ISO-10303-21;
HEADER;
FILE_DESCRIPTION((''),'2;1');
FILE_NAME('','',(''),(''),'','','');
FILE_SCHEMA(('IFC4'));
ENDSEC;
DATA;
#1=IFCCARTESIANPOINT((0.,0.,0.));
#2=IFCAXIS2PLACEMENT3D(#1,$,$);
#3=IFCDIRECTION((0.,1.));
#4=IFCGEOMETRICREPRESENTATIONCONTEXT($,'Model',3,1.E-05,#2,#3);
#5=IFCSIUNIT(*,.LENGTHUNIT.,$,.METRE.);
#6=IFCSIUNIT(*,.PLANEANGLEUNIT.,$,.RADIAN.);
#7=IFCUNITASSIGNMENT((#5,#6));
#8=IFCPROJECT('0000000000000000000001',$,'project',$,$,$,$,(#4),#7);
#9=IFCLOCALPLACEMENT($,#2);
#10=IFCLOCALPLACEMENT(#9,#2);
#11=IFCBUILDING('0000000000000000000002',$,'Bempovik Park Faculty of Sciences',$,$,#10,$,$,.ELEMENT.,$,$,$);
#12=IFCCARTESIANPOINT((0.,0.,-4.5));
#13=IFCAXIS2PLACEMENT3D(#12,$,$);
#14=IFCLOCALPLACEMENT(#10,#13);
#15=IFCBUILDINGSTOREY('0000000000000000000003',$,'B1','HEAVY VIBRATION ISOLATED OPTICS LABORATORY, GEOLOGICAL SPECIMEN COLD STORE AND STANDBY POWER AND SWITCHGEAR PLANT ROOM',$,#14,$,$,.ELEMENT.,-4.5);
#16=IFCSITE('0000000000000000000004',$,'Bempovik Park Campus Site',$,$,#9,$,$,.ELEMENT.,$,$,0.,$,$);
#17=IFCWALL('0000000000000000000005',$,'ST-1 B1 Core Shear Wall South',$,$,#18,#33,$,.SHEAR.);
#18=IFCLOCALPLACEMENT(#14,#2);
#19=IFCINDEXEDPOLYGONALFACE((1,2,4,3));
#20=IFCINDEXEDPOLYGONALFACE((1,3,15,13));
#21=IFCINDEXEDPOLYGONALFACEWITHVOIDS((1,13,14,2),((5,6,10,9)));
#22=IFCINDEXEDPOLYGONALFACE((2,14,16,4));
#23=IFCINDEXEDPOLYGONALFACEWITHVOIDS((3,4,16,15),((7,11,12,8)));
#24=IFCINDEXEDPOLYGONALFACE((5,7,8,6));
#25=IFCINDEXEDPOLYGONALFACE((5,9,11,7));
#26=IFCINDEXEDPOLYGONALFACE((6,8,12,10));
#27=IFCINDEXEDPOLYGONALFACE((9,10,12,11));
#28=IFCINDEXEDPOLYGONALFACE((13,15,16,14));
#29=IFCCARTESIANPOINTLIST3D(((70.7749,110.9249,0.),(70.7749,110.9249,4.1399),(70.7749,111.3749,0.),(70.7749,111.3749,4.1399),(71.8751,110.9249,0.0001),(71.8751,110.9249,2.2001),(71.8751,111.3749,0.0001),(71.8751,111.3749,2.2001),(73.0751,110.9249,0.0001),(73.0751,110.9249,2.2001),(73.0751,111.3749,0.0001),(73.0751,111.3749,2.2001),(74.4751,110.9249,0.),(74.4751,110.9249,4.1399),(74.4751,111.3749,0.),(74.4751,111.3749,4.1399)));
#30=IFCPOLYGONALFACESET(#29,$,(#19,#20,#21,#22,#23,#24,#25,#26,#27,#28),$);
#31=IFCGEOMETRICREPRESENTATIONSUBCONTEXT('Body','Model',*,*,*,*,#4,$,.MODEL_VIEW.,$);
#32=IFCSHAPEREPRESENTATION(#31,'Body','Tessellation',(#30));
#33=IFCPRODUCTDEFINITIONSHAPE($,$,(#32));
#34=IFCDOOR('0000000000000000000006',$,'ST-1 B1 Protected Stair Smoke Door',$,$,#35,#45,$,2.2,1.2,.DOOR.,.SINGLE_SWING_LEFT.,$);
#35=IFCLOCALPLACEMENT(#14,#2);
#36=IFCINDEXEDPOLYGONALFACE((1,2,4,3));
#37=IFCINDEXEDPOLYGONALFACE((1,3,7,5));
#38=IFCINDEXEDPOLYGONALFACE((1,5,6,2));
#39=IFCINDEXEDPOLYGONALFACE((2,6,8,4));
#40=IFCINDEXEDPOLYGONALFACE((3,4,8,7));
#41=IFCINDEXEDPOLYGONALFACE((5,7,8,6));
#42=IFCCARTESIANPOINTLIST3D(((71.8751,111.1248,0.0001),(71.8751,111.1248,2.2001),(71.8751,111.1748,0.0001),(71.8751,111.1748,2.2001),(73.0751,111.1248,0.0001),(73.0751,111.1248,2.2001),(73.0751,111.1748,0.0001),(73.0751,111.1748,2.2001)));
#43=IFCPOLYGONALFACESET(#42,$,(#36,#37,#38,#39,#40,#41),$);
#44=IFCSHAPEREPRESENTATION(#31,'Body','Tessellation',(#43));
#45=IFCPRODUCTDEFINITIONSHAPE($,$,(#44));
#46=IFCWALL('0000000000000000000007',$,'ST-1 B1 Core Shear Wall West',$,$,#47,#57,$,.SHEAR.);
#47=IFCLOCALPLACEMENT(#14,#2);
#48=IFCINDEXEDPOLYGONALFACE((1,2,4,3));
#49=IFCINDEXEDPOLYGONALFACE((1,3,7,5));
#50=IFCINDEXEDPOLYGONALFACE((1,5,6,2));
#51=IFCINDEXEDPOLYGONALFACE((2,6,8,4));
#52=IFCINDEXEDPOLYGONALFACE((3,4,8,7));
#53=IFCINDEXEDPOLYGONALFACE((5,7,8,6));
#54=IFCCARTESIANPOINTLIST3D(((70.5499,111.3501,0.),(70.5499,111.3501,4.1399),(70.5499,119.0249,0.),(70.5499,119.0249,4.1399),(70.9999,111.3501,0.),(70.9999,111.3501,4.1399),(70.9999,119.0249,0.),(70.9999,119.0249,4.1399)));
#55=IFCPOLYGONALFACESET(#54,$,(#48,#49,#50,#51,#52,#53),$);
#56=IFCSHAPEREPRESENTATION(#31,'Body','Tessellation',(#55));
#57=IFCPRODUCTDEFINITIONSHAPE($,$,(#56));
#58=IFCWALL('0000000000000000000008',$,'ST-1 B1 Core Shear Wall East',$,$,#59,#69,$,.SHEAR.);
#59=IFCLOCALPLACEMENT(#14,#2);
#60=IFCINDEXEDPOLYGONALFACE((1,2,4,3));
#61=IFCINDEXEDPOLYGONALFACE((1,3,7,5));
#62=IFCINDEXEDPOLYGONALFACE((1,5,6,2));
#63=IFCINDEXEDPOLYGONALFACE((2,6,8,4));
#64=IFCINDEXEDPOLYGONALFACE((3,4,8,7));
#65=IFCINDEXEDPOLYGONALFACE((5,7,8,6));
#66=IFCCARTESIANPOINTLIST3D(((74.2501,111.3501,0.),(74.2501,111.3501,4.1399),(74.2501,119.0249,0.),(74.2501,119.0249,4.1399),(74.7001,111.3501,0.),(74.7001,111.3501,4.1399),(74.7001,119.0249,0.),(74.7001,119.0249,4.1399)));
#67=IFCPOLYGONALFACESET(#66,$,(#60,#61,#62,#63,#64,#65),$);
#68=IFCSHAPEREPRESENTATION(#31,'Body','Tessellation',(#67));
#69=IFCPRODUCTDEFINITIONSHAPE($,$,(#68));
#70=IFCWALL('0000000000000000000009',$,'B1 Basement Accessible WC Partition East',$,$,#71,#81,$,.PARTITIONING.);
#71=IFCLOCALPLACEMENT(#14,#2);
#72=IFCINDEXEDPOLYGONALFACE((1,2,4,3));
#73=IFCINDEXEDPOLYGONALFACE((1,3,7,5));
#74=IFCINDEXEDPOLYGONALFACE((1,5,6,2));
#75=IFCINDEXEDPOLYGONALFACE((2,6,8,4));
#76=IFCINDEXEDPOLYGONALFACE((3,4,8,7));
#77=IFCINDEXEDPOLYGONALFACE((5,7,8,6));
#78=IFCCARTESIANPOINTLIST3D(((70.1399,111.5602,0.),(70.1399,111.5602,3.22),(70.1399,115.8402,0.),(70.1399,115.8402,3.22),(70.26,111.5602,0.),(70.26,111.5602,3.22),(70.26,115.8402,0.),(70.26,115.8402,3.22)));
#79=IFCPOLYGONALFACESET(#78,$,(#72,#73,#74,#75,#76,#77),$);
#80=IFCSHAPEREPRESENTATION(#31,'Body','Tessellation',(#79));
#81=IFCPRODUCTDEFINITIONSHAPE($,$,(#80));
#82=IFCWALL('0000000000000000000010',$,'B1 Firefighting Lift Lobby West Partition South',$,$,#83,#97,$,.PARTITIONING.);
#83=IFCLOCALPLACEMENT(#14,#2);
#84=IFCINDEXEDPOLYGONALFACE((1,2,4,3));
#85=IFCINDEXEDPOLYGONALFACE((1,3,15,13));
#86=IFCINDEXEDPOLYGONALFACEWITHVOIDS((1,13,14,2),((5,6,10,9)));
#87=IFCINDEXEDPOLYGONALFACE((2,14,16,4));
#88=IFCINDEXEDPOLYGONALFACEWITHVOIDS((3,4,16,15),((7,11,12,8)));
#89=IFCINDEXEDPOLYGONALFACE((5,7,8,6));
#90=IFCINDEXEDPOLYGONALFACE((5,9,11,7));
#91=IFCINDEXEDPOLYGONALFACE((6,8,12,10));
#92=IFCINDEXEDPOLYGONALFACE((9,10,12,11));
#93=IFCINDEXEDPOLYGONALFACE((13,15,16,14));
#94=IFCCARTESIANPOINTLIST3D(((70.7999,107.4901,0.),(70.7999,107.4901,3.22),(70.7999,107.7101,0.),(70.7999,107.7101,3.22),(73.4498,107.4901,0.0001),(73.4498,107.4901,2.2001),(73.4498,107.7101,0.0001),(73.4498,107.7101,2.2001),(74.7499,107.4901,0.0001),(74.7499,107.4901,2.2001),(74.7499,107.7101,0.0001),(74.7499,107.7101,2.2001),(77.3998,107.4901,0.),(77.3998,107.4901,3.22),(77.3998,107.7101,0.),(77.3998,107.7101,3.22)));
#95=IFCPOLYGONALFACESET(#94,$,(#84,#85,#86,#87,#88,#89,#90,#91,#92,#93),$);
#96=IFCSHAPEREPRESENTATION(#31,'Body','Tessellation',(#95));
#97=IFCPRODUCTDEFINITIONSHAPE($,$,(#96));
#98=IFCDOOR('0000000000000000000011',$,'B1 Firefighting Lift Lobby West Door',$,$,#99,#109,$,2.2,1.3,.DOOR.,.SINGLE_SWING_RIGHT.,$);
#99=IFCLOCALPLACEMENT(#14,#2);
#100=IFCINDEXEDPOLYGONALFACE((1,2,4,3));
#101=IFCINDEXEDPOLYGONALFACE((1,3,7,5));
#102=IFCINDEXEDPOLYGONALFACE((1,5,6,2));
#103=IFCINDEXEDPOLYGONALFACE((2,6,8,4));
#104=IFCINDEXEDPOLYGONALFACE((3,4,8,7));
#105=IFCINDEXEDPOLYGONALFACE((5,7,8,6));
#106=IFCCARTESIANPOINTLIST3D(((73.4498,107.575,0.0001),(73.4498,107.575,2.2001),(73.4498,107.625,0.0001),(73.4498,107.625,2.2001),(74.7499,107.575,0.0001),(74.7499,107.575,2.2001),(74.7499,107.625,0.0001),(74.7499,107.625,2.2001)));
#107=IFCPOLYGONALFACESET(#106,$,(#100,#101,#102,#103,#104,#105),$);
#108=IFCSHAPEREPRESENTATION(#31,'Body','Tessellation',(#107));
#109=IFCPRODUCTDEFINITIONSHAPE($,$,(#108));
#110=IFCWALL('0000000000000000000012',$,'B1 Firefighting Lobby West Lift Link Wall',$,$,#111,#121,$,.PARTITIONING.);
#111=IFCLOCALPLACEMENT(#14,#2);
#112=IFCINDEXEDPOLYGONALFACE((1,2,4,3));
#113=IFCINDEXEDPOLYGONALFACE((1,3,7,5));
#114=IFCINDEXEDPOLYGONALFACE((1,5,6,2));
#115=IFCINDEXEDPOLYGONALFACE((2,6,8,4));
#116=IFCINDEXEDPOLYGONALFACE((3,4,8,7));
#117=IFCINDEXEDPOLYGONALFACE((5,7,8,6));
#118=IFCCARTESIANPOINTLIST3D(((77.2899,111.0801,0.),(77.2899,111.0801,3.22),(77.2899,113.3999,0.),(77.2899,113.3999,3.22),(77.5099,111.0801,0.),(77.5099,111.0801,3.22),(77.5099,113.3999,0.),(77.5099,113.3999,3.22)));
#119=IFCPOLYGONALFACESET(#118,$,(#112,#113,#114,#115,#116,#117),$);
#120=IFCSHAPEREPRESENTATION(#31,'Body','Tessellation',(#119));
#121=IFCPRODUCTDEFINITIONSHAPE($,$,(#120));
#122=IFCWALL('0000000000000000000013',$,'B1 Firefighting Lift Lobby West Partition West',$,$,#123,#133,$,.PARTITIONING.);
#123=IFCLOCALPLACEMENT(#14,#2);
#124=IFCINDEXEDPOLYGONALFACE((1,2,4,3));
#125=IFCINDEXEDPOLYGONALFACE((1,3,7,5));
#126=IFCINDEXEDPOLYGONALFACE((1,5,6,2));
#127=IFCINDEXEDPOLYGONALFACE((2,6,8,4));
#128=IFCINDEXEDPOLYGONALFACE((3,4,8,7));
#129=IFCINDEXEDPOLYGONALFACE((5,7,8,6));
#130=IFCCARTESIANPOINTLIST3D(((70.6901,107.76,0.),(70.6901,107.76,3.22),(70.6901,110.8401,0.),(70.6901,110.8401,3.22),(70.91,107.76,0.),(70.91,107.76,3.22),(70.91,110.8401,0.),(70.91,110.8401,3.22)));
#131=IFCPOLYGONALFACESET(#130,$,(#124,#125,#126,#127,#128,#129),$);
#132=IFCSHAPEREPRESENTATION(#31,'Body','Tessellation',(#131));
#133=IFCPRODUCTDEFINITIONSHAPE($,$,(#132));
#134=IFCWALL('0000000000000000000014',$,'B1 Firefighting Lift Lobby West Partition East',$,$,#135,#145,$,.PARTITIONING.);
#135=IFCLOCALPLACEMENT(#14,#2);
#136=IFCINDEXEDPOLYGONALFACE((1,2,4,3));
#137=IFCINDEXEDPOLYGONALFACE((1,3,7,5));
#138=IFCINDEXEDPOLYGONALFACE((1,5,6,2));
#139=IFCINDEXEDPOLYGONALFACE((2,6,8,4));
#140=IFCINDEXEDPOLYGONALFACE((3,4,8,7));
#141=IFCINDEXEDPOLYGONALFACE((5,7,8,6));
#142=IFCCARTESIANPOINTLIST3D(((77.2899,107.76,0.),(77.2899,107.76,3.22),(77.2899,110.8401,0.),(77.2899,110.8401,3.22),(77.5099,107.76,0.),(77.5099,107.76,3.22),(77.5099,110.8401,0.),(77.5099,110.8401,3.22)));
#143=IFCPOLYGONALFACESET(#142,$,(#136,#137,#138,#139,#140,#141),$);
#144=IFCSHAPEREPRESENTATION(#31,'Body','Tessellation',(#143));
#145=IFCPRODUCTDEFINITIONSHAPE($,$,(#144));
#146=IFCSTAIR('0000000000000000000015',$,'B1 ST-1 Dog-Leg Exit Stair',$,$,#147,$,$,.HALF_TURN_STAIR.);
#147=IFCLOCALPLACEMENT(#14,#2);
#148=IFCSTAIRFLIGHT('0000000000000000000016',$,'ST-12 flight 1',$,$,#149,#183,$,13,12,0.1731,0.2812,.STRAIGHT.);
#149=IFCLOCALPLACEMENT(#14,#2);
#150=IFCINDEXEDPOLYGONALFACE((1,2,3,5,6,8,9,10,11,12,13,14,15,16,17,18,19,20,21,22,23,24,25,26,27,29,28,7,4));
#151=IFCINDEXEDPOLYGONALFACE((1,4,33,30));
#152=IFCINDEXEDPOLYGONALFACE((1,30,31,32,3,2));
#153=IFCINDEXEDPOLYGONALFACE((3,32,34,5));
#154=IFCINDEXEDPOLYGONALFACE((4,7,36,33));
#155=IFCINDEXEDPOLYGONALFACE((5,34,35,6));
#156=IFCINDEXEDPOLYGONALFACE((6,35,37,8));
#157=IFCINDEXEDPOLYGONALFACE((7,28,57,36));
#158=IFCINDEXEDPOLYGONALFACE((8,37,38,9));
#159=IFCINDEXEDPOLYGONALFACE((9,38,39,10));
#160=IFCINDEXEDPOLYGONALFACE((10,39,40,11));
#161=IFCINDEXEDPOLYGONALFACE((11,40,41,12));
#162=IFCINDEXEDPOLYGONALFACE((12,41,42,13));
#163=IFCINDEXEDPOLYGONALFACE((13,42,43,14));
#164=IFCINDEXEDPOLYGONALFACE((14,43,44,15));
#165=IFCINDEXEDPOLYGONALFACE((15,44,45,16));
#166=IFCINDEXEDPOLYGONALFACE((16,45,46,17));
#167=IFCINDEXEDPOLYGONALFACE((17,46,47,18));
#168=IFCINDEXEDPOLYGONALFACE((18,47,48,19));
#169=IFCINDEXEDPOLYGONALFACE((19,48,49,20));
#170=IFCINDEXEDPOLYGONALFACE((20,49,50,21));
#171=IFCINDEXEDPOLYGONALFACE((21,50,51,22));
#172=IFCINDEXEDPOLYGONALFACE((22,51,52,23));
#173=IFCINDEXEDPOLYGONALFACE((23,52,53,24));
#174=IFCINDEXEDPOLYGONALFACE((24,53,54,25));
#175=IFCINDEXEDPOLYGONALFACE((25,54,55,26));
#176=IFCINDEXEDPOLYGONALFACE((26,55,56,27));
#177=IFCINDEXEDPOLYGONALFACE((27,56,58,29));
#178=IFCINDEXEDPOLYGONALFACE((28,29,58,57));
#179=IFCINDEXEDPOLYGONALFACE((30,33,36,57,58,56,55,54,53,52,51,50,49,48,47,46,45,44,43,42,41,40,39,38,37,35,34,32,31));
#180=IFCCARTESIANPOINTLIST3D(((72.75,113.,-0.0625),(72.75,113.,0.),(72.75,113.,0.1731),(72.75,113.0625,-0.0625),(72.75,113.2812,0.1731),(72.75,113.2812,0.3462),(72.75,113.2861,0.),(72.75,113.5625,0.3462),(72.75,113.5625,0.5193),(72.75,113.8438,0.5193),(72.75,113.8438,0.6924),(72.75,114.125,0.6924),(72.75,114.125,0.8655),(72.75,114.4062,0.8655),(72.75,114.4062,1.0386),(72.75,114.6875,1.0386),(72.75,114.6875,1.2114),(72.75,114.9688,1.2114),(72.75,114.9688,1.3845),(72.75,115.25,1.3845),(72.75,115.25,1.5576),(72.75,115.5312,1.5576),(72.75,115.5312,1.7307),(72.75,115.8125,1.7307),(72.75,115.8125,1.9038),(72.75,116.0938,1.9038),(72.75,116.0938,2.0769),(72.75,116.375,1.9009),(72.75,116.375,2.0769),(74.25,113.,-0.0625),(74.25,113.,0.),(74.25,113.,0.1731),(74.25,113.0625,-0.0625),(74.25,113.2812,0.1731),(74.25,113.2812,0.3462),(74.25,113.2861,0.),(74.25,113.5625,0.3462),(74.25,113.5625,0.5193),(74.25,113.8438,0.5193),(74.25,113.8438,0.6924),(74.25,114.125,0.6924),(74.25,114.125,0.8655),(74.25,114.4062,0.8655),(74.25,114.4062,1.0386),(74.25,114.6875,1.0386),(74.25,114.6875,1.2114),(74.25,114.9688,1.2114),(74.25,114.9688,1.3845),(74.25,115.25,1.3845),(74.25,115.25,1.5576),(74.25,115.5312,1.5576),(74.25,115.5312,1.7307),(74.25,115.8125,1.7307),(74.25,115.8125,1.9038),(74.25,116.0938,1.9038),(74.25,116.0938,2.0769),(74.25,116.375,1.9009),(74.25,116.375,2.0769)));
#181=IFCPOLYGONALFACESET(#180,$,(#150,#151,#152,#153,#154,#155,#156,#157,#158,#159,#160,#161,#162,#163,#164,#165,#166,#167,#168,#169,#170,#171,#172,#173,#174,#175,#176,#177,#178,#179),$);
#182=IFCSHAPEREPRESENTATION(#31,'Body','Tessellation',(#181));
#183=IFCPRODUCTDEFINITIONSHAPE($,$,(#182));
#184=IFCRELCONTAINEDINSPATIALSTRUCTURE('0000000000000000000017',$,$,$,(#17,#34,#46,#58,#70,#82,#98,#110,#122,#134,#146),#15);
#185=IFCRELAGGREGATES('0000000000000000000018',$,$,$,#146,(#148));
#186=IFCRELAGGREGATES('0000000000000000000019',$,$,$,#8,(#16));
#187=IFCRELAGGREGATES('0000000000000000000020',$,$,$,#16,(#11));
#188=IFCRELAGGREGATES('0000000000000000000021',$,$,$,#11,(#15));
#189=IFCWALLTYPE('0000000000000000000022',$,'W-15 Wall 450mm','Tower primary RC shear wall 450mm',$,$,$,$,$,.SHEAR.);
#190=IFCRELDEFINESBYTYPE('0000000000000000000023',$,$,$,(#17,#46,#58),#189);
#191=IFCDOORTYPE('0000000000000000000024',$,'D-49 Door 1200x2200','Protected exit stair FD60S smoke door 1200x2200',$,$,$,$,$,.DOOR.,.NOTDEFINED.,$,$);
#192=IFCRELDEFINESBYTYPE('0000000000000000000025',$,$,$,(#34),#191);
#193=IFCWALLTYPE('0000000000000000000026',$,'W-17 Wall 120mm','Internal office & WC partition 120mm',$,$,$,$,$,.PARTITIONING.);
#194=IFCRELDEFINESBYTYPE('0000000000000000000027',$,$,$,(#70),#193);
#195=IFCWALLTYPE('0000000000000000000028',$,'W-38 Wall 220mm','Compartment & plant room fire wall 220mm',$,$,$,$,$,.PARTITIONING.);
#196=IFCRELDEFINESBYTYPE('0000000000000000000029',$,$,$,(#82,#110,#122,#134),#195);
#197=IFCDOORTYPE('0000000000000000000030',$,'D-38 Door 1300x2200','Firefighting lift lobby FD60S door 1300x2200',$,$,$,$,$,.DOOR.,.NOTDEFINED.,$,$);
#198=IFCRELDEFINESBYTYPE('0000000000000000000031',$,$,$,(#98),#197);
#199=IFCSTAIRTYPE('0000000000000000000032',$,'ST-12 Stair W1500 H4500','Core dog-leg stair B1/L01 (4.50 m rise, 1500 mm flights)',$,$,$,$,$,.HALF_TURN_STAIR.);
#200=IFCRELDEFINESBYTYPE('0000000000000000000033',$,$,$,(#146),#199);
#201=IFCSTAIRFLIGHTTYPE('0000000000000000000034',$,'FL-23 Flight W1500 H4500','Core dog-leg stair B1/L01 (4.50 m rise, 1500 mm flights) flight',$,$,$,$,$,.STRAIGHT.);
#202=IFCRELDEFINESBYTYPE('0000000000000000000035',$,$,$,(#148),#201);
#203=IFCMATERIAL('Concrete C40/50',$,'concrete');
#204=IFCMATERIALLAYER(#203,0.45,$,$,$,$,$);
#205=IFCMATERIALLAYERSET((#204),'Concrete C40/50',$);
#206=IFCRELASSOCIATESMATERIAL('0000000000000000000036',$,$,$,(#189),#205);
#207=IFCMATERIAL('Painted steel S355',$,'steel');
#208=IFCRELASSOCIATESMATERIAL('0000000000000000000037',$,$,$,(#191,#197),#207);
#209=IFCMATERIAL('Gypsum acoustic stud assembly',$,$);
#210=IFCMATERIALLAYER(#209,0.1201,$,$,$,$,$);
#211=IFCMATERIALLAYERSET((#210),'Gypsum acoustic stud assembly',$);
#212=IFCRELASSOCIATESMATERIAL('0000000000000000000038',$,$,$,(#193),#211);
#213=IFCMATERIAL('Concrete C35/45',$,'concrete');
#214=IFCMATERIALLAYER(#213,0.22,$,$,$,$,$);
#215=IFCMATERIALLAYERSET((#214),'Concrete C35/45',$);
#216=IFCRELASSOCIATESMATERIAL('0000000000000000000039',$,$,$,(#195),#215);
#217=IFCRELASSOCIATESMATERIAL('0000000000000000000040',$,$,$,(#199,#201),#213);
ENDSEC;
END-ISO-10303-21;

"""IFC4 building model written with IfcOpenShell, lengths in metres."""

from ifc_helpers import new_model, si_unit, direction, frame, frame_2d, origin, place, context, subcontext, project, spatial, polyline, rectangle, outline, extrude, material, layer, layer_set, type_object, element, fill, aggregate, save


model = new_model("IFC4")

# Units and contexts
model_context = context("Model", 3, precision=1e-05, world=origin(), true_north=direction((0.0, 1.0)))
body_context = subcontext(model_context, "Body", "Model", "MODEL_VIEW")
ifc_project = project(units=[si_unit("LENGTHUNIT", "METRE"), si_unit("PLANEANGLEUNIT", "RADIAN")], contexts=[model_context])

# Site, building, storey
site_placement = place(None, origin())
site = spatial("IfcSite", under=ifc_project, at=site_placement, Name="Bempovik Park Campus Site", CompositionType="ELEMENT", RefElevation=0.0)
building_placement = place(site_placement, origin())
building = spatial("IfcBuilding", under=site, at=building_placement, Name="Bempovik Park Faculty of Sciences", CompositionType="ELEMENT")
storey_placement = place(building_placement, frame((0.0, 0.0, -4.5)))
storey = spatial("IfcBuildingStorey", under=building, at=storey_placement, Name="B1", Description="HEAVY VIBRATION ISOLATED OPTICS LABORATORY, GEOLOGICAL SPECIMEN COLD STORE AND STANDBY POWER AND SWITCHGEAR PLANT ROOM", CompositionType="ELEMENT", Elevation=-4.5)

# Shared definitions
ifc_material_1 = material(Name="Concrete C35/45", Category="concrete")

# Shared definitions
ifc_material_2 = material(Name="Concrete C40/50", Category="concrete")

# Wall, opening, door
ifc_layer_1 = layer(ifc_material_2, 0.45)
ifc_layer_set_1 = layer_set([ifc_layer_1], Name="Concrete C40/50")
wall_type_1 = type_object("IfcWallType", Name="W-15 Wall 450mm", Description="Tower primary RC shear wall 450mm", PredefinedType="SHEAR", material=ifc_layer_set_1)
wall_1_placement = place(storey_placement, frame((70.7749, 111.1499, 0.0), z_axis=(0.0, 0.0, 1.0), x_axis=(1.0, 0.0, 0.0)))
wall_1 = element("IfcWall", 1, at=wall_1_placement, inside=storey, type_object=wall_type_1, Name="ST-1 B1 Core Shear Wall South", PredefinedType="SHEAR", context=body_context, shape_type="SweptSolid", body=[
    extrude(rectangle(XDim=3.7002, YDim=0.45, at=frame_2d((1.8501, 0.0))), origin(), (0.0, 0.0, 1.0), 4.1399),
])
opening_1_placement = place(wall_1_placement, frame((1.1001, 0.0, 0.0)))
opening_1 = element("IfcOpeningElement", 2, at=opening_1_placement, cuts=wall_1, PredefinedType="OPENING", context=body_context, shape_type="SweptSolid", body=[
    extrude(rectangle(XDim=1.2, YDim=2.2, at=frame_2d((0.6001, 1.1001))), frame((0.0, 0.2349, 0.0), z_axis=(0.0, -1.0, 0.0), x_axis=(1.0, 0.0, 0.0)), (0.0, 0.0, 1.0), 0.47),
])
ifc_material_3 = material(Name="Painted steel S355", Category="steel")
door_type_1 = type_object("IfcDoorType", Name="D-49 Door 1200x2200", Description="Protected exit stair FD60S smoke door 1200x2200", OperationType="NOTDEFINED", PredefinedType="DOOR", material=ifc_material_3)
door_1_placement = place(opening_1_placement, origin())
door_1 = element("IfcDoor", 3, at=door_1_placement, inside=storey, type_object=door_type_1, Name="ST-1 B1 Protected Stair Smoke Door", OperationType="SINGLE_SWING_LEFT", OverallHeight=2.2, OverallWidth=1.2, PredefinedType="DOOR", context=body_context, shape_type="SweptSolid", body=[
    extrude(rectangle(XDim=1.2, YDim=2.2, at=frame_2d((0.6001, 1.1001))), frame((0.0, 0.0249, 0.0), z_axis=(0.0, -1.0, 0.0), x_axis=(1.0, 0.0, 0.0)), (0.0, 0.0, 1.0), 0.05),
])
fill(opening_1, door_1)

# Walls
for number, where, z_axis, x_axis, name in (
    (4, (70.7749, 111.3501, 0.0), (0.0, 0.0, 1.0), (0.0, 1.0, 0.0), "ST-1 B1 Core Shear Wall West"),
    (5, (74.4751, 111.3501, 0.0), (0.0, 0.0, 1.0), (0.0, 1.0, 0.0), "ST-1 B1 Core Shear Wall East"),
):
    element("IfcWall", number, at=place(storey_placement, frame(where, z_axis=z_axis, x_axis=x_axis)), inside=storey, type_object=wall_type_1, Name=name, PredefinedType="SHEAR", context=body_context, shape_type="SweptSolid", body=[
        extrude(rectangle(XDim=7.6748, YDim=0.45, at=frame_2d((3.8374, 0.0))), origin(), (0.0, 0.0, 1.0), 4.1399),
    ])
ifc_material_4 = material(Name="Gypsum acoustic stud assembly")
ifc_layer_2 = layer(ifc_material_4, 0.1201)
ifc_layer_set_2 = layer_set([ifc_layer_2], Name="Gypsum acoustic stud assembly")
wall_type_2 = type_object("IfcWallType", Name="W-17 Wall 120mm", Description="Internal office & WC partition 120mm", PredefinedType="PARTITIONING", material=ifc_layer_set_2)
wall_2_placement = place(storey_placement, frame((70.2, 111.5601, 0.0), z_axis=(0.0, 0.0, 1.0), x_axis=(0.0, 1.0, 0.0)))
element("IfcWall", 6, at=wall_2_placement, inside=storey, type_object=wall_type_2, Name="B1 Basement Accessible WC Partition East", PredefinedType="PARTITIONING", context=body_context, shape_type="SweptSolid", body=[
    extrude(rectangle(XDim=4.28, YDim=0.1201, at=frame_2d((2.1401, 0.0))), origin(), (0.0, 0.0, 1.0), 3.22),
])

# Wall, opening, door
ifc_layer_3 = layer(ifc_material_1, 0.22)
ifc_layer_set_3 = layer_set([ifc_layer_3], Name="Concrete C35/45")
wall_type_3 = type_object("IfcWallType", Name="W-38 Wall 220mm", Description="Compartment & plant room fire wall 220mm", PredefinedType="PARTITIONING", material=ifc_layer_set_3)
wall_3_placement = place(storey_placement, frame((70.8, 107.6001, 0.0), z_axis=(0.0, 0.0, 1.0), x_axis=(1.0, 0.0, 0.0)))
wall_3 = element("IfcWall", 7, at=wall_3_placement, inside=storey, type_object=wall_type_3, Name="B1 Firefighting Lift Lobby West Partition South", PredefinedType="PARTITIONING", context=body_context, shape_type="SweptSolid", body=[
    extrude(rectangle(XDim=6.5999, YDim=0.22, at=frame_2d((3.2998, 0.0))), origin(), (0.0, 0.0, 1.0), 3.22),
])
opening_2_placement = place(wall_3_placement, frame((2.6499, 0.0, 0.0)))
opening_2 = element("IfcOpeningElement", 8, at=opening_2_placement, cuts=wall_3, PredefinedType="OPENING", context=body_context, shape_type="SweptSolid", body=[
    extrude(rectangle(XDim=1.3, YDim=2.2, at=frame_2d((0.6499, 1.1001))), frame((0.0, 0.1201, 0.0), z_axis=(0.0, -1.0, 0.0), x_axis=(1.0, 0.0, 0.0)), (0.0, 0.0, 1.0), 0.24),
])
door_type_2 = type_object("IfcDoorType", Name="D-38 Door 1300x2200", Description="Firefighting lift lobby FD60S door 1300x2200", OperationType="NOTDEFINED", PredefinedType="DOOR", material=ifc_material_3)
door_2_placement = place(opening_2_placement, origin())
door_2 = element("IfcDoor", 9, at=door_2_placement, inside=storey, type_object=door_type_2, Name="B1 Firefighting Lift Lobby West Door", OperationType="SINGLE_SWING_RIGHT", OverallHeight=2.2, OverallWidth=1.3, PredefinedType="DOOR", context=body_context, shape_type="SweptSolid", body=[
    extrude(rectangle(XDim=1.3, YDim=2.2, at=frame_2d((0.6499, 1.1001))), frame((0.0, 0.0249, 0.0), z_axis=(0.0, -1.0, 0.0), x_axis=(1.0, 0.0, 0.0)), (0.0, 0.0, 1.0), 0.05),
])
fill(opening_2, door_2)

# Walls
wall_4_placement = place(storey_placement, frame((77.3999, 111.0801, 0.0), z_axis=(0.0, 0.0, 1.0), x_axis=(0.0, 1.0, 0.0)))
element("IfcWall", 10, at=wall_4_placement, inside=storey, type_object=wall_type_3, Name="B1 Firefighting Lobby West Lift Link Wall", PredefinedType="PARTITIONING", context=body_context, shape_type="SweptSolid", body=[
    extrude(rectangle(XDim=2.3198, YDim=0.22, at=frame_2d((1.1599, 0.0))), origin(), (0.0, 0.0, 1.0), 3.22),
])
for number, where, z_axis, x_axis, name in (
    (11, (70.8, 107.76, 0.0), (0.0, 0.0, 1.0), (0.0, 1.0, 0.0), "B1 Firefighting Lift Lobby West Partition West"),
    (12, (77.3999, 107.76, 0.0), (0.0, 0.0, 1.0), (0.0, 1.0, 0.0), "B1 Firefighting Lift Lobby West Partition East"),
):
    element("IfcWall", number, at=place(storey_placement, frame(where, z_axis=z_axis, x_axis=x_axis)), inside=storey, type_object=wall_type_3, Name=name, PredefinedType="PARTITIONING", context=body_context, shape_type="SweptSolid", body=[
        extrude(rectangle(XDim=3.0801, YDim=0.22, at=frame_2d((1.54, 0.0))), origin(), (0.0, 0.0, 1.0), 3.22),
    ])

# Stair, stair flight
stair_type = type_object("IfcStairType", Name="ST-12 Stair W1500 H4500", Description="Core dog-leg stair B1/L01 (4.50 m rise, 1500 mm flights)", PredefinedType="HALF_TURN_STAIR", material=ifc_material_1)
stair_placement = place(storey_placement, origin())
stair = element("IfcStair", 13, at=stair_placement, inside=storey, type_object=stair_type, Name="B1 ST-1 Dog-Leg Exit Stair", PredefinedType="HALF_TURN_STAIR")
stair_flight_type = type_object("IfcStairFlightType", Name="FL-23 Flight W1500 H4500", Description="Core dog-leg stair B1/L01 (4.50 m rise, 1500 mm flights) flight", PredefinedType="STRAIGHT", material=ifc_material_1)
stair_flight_placement = place(storey_placement, frame((73.5, 113.0, 0.0), z_axis=(0.0, 0.0, 1.0), x_axis=(0.0, 1.0, 0.0)))
stair_flight = element("IfcStairFlight", 14, at=stair_flight_placement, type_object=stair_flight_type, Name="ST-12 flight 1", NumberOfRisers=13, NumberOfTreads=12, PredefinedType="STRAIGHT", RiserHeight=0.1731, TreadLength=0.2812, context=body_context, shape_type="SweptSolid", body=[
    extrude(outline(polyline([(0.0, 0.0), (0.0, 0.1731), (0.2812, 0.1731), (0.2812, 0.3462), (0.5625, 0.3462), (0.5625, 0.5193), (0.8438, 0.5193), (0.8438, 0.6924), (1.125, 0.6924), (1.125, 0.8655), (1.4062, 0.8655), (1.4062, 1.0386), (1.6875, 1.0386), (1.6875, 1.2114), (1.9688, 1.2114), (1.9688, 1.3845), (2.25, 1.3845), (2.25, 1.5576), (2.5312, 1.5576), (2.5312, 1.7307), (2.8125, 1.7307), (2.8125, 1.9038), (3.0938, 1.9038), (3.0938, 2.0769), (3.375, 2.0769), (3.375, 2.25), (3.375, 1.9009), (0.2861, 0.0), (0.0625, -0.0625), (0.0, -0.0625), (0.0, 0.0)])), frame((0.0, 0.75, 0.0), z_axis=(0.0, -1.0, 0.0), x_axis=(1.0, 0.0, 0.0)), (0.0, 0.0, 1.0), 1.5),
])
aggregate(stair, [stair_flight])

save(model, "model.ifc")
